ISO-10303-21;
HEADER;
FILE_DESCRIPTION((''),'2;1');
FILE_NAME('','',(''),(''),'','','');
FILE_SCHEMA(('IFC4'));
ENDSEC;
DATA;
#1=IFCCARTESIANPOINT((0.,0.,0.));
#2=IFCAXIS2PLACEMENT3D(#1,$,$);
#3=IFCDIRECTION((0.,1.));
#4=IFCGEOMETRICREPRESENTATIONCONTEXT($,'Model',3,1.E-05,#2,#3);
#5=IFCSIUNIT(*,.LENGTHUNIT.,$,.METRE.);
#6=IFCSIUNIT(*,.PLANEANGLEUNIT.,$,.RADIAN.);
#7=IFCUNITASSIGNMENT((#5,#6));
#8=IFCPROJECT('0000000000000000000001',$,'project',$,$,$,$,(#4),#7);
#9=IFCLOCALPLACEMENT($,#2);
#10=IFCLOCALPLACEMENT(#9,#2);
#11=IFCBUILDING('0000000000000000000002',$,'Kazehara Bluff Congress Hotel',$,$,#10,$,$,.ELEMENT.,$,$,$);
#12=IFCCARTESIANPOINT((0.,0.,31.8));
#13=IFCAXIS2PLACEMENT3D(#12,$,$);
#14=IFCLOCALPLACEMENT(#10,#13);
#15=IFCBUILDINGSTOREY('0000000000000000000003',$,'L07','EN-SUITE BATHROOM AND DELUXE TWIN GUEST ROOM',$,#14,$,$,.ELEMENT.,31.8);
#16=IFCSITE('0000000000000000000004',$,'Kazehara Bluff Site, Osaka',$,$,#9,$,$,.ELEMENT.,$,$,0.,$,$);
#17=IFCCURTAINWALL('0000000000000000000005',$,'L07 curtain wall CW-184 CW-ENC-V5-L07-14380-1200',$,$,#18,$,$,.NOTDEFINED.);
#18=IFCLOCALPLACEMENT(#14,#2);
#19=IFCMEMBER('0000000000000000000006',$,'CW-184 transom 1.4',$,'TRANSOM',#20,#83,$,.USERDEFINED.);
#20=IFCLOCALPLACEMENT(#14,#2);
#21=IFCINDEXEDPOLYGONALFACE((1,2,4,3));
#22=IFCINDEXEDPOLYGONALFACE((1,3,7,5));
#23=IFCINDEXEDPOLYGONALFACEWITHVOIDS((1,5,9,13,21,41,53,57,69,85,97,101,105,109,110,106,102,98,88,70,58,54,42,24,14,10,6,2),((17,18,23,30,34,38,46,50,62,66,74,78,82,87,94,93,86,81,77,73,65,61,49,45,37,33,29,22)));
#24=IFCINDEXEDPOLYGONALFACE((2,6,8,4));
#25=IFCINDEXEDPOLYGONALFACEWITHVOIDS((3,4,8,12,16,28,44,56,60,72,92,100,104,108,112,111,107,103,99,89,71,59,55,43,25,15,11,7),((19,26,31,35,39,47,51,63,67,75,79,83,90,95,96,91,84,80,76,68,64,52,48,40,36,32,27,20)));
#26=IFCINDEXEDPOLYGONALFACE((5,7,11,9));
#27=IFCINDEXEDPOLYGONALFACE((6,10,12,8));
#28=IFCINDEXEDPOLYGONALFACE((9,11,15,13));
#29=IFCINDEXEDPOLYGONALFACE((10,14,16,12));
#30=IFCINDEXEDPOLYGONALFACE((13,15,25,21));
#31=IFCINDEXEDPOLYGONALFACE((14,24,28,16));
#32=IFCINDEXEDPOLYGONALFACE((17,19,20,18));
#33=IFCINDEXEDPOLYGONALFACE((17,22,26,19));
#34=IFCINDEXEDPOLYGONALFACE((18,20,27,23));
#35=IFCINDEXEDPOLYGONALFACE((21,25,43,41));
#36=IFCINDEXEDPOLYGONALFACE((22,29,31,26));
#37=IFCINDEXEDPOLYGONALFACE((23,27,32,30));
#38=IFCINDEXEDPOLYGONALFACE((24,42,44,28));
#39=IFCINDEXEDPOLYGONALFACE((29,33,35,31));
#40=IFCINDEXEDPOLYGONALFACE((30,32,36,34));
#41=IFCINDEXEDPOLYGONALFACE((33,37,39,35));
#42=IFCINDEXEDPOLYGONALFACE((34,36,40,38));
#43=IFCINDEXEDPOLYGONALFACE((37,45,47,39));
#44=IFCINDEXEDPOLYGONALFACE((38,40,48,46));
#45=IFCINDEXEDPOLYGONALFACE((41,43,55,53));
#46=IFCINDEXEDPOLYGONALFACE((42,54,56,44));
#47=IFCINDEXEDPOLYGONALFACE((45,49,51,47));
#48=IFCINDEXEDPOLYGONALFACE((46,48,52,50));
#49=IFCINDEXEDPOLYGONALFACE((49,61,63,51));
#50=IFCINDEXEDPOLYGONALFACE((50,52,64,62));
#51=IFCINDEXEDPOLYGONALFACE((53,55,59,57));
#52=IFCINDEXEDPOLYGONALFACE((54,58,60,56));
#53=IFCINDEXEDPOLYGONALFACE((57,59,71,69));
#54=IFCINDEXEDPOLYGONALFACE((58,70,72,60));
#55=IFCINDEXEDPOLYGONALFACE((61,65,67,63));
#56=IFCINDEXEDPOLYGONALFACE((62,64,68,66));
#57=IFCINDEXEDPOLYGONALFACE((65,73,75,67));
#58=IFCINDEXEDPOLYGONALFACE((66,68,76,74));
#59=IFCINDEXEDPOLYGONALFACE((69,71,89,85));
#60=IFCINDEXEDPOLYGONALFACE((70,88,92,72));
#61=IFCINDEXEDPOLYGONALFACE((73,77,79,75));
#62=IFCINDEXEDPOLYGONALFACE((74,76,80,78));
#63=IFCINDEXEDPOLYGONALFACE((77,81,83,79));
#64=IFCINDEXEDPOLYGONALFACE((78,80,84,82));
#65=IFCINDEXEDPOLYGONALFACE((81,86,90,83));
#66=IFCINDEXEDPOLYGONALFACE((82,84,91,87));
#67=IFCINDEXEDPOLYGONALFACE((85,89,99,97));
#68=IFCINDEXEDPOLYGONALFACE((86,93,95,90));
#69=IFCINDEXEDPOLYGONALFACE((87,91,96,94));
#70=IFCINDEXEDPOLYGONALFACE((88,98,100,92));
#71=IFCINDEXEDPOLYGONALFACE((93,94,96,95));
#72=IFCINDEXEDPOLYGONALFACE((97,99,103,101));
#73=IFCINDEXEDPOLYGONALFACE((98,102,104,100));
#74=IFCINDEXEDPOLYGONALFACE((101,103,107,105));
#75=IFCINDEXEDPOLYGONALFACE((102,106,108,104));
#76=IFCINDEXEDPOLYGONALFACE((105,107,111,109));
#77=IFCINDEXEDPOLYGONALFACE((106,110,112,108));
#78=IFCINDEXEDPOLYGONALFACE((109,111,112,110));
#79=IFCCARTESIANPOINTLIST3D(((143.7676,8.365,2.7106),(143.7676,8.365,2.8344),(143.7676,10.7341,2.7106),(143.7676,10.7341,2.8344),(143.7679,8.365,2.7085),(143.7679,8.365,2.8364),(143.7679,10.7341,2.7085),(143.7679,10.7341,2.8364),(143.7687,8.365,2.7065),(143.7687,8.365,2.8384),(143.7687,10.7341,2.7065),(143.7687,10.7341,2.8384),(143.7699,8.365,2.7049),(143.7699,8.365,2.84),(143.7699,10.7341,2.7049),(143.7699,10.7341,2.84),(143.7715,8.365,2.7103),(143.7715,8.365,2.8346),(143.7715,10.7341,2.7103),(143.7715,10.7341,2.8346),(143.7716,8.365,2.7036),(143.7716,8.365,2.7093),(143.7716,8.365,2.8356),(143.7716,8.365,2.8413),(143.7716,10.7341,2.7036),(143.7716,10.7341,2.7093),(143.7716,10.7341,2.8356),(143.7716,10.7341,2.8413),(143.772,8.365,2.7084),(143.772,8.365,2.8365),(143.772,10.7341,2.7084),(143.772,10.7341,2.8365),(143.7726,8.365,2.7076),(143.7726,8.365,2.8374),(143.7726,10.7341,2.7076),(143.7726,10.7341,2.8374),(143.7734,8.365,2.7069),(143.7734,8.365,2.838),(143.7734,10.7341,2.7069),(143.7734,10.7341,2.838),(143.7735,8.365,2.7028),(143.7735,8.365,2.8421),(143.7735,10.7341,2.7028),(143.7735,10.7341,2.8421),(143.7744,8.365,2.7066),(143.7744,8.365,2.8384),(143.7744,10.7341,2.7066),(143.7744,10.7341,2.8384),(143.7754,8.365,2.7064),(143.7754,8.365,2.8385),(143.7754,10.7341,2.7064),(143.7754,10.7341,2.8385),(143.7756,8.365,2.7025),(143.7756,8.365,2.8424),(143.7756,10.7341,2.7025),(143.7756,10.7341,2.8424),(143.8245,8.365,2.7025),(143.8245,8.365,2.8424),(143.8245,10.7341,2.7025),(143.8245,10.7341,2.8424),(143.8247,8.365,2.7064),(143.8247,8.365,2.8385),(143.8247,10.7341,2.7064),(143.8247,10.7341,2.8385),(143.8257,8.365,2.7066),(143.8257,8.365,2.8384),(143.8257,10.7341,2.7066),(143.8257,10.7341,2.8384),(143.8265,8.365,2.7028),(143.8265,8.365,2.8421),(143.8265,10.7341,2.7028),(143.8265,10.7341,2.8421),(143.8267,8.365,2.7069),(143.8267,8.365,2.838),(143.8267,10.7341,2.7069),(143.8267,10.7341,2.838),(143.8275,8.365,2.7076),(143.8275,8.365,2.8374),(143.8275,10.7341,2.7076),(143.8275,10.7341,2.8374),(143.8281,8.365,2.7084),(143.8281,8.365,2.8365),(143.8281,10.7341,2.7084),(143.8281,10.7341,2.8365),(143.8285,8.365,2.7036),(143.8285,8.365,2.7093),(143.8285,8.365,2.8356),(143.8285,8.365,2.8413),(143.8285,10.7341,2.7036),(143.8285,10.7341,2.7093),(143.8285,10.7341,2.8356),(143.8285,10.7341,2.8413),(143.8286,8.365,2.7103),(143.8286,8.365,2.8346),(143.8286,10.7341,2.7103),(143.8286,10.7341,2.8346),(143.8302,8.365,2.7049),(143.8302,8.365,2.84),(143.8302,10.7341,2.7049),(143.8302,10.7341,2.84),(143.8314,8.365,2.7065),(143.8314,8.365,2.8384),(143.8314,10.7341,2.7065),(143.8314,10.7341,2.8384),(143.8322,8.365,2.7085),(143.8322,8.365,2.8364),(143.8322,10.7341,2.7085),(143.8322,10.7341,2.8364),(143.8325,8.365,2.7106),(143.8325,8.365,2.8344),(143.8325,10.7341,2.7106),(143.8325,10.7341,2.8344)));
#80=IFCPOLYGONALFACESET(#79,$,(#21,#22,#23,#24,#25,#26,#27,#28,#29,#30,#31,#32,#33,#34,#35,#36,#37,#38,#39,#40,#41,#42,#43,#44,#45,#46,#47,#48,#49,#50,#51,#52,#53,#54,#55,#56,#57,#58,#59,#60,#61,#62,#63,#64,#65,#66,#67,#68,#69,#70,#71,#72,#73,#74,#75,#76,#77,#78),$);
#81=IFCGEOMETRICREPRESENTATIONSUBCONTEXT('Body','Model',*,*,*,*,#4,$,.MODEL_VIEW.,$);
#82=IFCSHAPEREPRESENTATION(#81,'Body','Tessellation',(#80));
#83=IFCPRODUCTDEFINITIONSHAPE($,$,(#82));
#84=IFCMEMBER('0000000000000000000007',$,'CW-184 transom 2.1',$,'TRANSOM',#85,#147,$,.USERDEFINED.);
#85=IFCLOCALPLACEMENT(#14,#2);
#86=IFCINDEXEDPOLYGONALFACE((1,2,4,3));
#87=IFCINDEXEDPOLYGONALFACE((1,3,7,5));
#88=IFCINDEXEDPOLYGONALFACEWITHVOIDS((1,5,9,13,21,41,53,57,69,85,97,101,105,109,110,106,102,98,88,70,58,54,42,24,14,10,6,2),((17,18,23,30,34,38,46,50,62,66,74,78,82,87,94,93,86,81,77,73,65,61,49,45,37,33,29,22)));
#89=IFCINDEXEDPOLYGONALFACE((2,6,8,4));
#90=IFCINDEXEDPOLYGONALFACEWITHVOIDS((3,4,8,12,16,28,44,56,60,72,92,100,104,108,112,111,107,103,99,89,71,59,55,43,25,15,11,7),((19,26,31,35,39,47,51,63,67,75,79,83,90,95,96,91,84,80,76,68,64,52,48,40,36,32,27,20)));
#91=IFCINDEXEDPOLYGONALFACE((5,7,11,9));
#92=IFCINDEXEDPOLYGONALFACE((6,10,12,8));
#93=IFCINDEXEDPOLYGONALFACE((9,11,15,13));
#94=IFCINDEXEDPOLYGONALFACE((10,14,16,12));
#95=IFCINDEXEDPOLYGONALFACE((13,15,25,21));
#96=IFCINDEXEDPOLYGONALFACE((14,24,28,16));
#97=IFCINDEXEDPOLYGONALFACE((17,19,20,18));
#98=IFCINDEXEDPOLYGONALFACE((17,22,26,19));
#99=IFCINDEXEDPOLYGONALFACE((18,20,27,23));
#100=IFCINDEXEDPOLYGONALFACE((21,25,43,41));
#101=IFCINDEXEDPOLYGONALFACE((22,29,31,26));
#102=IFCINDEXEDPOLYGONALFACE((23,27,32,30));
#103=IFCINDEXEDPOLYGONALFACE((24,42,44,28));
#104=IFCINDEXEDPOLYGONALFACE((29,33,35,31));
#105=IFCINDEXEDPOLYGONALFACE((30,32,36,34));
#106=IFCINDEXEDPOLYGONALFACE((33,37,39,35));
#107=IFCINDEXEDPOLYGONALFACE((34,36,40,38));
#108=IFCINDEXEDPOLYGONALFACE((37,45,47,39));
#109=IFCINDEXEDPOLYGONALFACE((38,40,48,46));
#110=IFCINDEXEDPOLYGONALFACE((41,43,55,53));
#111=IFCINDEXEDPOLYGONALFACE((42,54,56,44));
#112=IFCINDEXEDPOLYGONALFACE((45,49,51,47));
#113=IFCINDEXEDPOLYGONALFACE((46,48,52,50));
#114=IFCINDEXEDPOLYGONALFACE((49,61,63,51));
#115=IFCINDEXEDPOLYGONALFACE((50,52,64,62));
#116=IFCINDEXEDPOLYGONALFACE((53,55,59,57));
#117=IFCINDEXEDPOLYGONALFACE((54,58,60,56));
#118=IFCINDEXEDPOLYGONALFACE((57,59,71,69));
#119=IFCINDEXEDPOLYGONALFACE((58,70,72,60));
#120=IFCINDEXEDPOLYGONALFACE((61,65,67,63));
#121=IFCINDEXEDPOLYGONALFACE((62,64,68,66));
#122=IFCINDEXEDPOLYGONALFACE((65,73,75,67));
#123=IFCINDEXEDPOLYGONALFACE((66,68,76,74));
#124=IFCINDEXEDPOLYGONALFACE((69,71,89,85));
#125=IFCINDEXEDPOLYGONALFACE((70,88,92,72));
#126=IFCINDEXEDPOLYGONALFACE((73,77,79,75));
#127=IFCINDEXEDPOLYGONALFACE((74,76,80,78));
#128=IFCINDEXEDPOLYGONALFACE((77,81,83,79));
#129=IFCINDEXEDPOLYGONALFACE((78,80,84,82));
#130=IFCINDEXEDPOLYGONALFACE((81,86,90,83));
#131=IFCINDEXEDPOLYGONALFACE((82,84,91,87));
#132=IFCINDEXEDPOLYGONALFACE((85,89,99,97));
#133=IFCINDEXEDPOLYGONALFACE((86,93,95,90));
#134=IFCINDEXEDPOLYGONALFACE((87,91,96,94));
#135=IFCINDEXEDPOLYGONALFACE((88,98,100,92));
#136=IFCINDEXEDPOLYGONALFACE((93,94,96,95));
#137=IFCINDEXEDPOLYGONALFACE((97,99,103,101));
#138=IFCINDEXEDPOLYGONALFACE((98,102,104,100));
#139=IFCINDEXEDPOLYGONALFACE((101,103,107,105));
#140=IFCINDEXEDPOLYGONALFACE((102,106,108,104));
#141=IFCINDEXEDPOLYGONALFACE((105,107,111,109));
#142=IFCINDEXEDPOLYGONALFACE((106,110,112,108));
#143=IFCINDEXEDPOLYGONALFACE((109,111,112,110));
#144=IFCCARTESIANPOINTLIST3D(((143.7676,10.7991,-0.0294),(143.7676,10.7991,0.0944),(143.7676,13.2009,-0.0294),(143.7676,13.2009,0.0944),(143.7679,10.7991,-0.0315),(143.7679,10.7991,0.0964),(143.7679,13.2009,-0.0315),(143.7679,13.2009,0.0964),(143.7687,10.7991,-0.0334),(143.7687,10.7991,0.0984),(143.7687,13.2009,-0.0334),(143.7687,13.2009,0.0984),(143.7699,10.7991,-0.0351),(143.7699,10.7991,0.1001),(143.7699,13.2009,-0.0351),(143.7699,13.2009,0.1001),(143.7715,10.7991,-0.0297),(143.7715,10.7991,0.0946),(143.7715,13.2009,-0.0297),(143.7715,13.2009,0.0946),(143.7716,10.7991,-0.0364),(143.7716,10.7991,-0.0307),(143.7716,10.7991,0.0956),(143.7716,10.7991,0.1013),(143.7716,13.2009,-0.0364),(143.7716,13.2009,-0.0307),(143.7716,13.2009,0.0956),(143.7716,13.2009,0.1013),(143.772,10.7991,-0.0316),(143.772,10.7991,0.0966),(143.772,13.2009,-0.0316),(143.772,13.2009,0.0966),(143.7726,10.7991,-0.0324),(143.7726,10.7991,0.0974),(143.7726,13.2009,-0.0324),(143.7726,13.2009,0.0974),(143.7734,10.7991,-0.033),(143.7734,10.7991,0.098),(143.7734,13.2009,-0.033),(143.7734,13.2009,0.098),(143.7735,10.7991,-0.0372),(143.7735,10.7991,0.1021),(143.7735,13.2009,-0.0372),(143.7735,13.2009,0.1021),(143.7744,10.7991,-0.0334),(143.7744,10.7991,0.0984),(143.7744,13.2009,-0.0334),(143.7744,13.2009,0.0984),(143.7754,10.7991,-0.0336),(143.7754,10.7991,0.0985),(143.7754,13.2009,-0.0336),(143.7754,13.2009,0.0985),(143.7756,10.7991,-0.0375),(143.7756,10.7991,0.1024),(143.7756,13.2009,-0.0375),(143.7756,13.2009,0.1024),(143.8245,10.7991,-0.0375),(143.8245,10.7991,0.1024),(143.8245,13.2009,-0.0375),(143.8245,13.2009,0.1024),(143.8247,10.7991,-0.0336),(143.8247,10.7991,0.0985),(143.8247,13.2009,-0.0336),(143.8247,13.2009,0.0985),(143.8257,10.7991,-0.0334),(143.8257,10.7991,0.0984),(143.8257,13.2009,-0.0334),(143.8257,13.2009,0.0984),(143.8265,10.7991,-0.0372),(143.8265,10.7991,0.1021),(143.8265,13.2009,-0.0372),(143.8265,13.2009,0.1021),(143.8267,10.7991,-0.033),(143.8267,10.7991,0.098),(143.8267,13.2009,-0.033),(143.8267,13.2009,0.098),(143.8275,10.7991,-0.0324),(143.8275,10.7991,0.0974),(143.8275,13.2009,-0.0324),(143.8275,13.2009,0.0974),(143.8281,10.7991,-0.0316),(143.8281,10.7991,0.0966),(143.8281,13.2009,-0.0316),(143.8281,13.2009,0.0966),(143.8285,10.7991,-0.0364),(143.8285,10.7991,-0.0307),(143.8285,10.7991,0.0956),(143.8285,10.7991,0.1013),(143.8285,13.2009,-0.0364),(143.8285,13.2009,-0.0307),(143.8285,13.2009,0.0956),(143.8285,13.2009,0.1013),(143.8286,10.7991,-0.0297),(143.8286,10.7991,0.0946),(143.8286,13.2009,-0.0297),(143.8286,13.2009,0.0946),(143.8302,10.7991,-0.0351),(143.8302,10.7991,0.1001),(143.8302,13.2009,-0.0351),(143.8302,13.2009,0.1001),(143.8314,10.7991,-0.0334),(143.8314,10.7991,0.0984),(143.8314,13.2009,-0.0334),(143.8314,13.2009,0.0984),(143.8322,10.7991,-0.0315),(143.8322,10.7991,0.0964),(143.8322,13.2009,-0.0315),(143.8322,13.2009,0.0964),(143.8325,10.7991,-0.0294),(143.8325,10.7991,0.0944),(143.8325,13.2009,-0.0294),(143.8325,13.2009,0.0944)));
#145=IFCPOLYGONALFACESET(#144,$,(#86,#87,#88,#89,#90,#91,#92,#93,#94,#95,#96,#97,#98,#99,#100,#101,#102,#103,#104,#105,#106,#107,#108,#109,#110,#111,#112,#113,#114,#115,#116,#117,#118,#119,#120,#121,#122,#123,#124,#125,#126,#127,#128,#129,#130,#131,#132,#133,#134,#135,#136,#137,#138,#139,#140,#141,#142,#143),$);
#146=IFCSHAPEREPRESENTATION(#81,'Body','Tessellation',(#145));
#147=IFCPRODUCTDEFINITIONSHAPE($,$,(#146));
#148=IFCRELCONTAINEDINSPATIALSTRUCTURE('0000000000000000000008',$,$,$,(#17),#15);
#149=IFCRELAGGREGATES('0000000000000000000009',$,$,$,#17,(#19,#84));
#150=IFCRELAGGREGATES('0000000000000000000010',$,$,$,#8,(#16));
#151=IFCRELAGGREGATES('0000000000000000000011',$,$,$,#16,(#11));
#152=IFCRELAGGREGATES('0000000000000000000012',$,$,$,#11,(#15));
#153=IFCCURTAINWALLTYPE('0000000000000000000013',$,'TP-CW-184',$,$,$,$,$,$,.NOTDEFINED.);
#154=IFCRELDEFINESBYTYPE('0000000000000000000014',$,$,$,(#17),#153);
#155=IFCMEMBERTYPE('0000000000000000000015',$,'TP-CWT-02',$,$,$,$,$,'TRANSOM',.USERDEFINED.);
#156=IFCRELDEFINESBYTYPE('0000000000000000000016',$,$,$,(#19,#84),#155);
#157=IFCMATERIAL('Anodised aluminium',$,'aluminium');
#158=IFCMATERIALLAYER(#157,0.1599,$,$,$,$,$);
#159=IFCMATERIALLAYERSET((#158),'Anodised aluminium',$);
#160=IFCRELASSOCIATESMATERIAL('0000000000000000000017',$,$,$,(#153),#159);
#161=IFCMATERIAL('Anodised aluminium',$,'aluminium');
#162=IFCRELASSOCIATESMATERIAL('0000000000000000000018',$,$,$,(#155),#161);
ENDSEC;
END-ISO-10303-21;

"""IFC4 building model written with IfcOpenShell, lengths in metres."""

from ifc_helpers import new_model, si_unit, direction, frame, origin, origin_2d, place, context, subcontext, project, spatial, hollow_rectangle, extrude, material, layer, layer_set, material_profile, profile_set, type_object, element, aggregate, save


model = new_model("IFC4")

# Units and contexts
model_context = context("Model", 3, precision=1e-05, world=origin(), true_north=direction((0.0, 1.0)))
body_context = subcontext(model_context, "Body", "Model", "MODEL_VIEW")
ifc_project = project(units=[si_unit("LENGTHUNIT", "METRE"), si_unit("PLANEANGLEUNIT", "RADIAN")], contexts=[model_context])

# Site, building, storey
site_placement = place(None, origin())
site = spatial("IfcSite", under=ifc_project, at=site_placement, Name="Kazehara Bluff Site, Osaka", CompositionType="ELEMENT", RefElevation=0.0)
building_placement = place(site_placement, origin())
building = spatial("IfcBuilding", under=site, at=building_placement, Name="Kazehara Bluff Congress Hotel", CompositionType="ELEMENT")
storey_placement = place(building_placement, frame((0.0, 0.0, 31.8)))
storey = spatial("IfcBuildingStorey", under=building, at=storey_placement, Name="L07", Description="EN-SUITE BATHROOM AND DELUXE TWIN GUEST ROOM", CompositionType="ELEMENT", Elevation=31.8)

# Curtain wall
ifc_material_1 = material(Name="Anodised aluminium", Category="aluminium")
ifc_layer_1 = layer(ifc_material_1, 0.1599)
ifc_layer_set_1 = layer_set([ifc_layer_1], Name="Anodised aluminium")
curtain_wall_type_1 = type_object("IfcCurtainWallType", Name="TP-CW-184", PredefinedType="NOTDEFINED", material=ifc_layer_set_1)
curtain_wall_1_placement = place(storey_placement, origin())
curtain_wall_1 = element("IfcCurtainWall", 1, at=curtain_wall_1_placement, inside=storey, type_object=curtain_wall_type_1, Name="L07 curtain wall CW-184 CW-ENC-V5-L07-14380-1200", PredefinedType="NOTDEFINED")

# Members
ifc_material_2 = material(Name="Anodised aluminium", Category="aluminium")
ifc_material_profile_1 = material_profile(ifc_material_2, hollow_rectangle(XDim=0.0649, YDim=0.1399, WallThickness=0.0039, InnerFilletRadius=0.0039, OuterFilletRadius=0.0081, at=origin_2d()))
ifc_profile_set_1 = profile_set([ifc_material_profile_1], Name="Anodised aluminium")
member_type_1 = type_object("IfcMemberType", Name="TP-CWT-02", ElementType="TRANSOM", PredefinedType="USERDEFINED", material=ifc_profile_set_1)
member_1_placement = place(storey_placement, frame((143.8, 8.365, 2.7725), z_axis=(0.0, 1.0, 0.0), x_axis=(-1.0, 0.0, 0.0)))
member_1 = element("IfcMember", 2, at=member_1_placement, type_object=member_type_1, Name="CW-184 transom 1.4", ObjectType="TRANSOM", PredefinedType="USERDEFINED", context=body_context, shape_type="SweptSolid", body=[
    extrude(hollow_rectangle(XDim=0.0649, YDim=0.1399, WallThickness=0.0039, InnerFilletRadius=0.0039, OuterFilletRadius=0.0081, at=origin_2d()), origin(), (0.0, 0.0, 1.0), 2.3691),
])
member_2_placement = place(storey_placement, frame((143.8, 10.7991, 0.0325), z_axis=(0.0, 1.0, 0.0), x_axis=(-1.0, 0.0, 0.0)))
member_2 = element("IfcMember", 3, at=member_2_placement, type_object=member_type_1, Name="CW-184 transom 2.1", ObjectType="TRANSOM", PredefinedType="USERDEFINED", context=body_context, shape_type="SweptSolid", body=[
    extrude(hollow_rectangle(XDim=0.0649, YDim=0.1399, WallThickness=0.0039, InnerFilletRadius=0.0039, OuterFilletRadius=0.0081, at=origin_2d()), origin(), (0.0, 0.0, 1.0), 2.4019),
])

aggregate(curtain_wall_1, [member_1, member_2])

save(model, "model.ifc")
